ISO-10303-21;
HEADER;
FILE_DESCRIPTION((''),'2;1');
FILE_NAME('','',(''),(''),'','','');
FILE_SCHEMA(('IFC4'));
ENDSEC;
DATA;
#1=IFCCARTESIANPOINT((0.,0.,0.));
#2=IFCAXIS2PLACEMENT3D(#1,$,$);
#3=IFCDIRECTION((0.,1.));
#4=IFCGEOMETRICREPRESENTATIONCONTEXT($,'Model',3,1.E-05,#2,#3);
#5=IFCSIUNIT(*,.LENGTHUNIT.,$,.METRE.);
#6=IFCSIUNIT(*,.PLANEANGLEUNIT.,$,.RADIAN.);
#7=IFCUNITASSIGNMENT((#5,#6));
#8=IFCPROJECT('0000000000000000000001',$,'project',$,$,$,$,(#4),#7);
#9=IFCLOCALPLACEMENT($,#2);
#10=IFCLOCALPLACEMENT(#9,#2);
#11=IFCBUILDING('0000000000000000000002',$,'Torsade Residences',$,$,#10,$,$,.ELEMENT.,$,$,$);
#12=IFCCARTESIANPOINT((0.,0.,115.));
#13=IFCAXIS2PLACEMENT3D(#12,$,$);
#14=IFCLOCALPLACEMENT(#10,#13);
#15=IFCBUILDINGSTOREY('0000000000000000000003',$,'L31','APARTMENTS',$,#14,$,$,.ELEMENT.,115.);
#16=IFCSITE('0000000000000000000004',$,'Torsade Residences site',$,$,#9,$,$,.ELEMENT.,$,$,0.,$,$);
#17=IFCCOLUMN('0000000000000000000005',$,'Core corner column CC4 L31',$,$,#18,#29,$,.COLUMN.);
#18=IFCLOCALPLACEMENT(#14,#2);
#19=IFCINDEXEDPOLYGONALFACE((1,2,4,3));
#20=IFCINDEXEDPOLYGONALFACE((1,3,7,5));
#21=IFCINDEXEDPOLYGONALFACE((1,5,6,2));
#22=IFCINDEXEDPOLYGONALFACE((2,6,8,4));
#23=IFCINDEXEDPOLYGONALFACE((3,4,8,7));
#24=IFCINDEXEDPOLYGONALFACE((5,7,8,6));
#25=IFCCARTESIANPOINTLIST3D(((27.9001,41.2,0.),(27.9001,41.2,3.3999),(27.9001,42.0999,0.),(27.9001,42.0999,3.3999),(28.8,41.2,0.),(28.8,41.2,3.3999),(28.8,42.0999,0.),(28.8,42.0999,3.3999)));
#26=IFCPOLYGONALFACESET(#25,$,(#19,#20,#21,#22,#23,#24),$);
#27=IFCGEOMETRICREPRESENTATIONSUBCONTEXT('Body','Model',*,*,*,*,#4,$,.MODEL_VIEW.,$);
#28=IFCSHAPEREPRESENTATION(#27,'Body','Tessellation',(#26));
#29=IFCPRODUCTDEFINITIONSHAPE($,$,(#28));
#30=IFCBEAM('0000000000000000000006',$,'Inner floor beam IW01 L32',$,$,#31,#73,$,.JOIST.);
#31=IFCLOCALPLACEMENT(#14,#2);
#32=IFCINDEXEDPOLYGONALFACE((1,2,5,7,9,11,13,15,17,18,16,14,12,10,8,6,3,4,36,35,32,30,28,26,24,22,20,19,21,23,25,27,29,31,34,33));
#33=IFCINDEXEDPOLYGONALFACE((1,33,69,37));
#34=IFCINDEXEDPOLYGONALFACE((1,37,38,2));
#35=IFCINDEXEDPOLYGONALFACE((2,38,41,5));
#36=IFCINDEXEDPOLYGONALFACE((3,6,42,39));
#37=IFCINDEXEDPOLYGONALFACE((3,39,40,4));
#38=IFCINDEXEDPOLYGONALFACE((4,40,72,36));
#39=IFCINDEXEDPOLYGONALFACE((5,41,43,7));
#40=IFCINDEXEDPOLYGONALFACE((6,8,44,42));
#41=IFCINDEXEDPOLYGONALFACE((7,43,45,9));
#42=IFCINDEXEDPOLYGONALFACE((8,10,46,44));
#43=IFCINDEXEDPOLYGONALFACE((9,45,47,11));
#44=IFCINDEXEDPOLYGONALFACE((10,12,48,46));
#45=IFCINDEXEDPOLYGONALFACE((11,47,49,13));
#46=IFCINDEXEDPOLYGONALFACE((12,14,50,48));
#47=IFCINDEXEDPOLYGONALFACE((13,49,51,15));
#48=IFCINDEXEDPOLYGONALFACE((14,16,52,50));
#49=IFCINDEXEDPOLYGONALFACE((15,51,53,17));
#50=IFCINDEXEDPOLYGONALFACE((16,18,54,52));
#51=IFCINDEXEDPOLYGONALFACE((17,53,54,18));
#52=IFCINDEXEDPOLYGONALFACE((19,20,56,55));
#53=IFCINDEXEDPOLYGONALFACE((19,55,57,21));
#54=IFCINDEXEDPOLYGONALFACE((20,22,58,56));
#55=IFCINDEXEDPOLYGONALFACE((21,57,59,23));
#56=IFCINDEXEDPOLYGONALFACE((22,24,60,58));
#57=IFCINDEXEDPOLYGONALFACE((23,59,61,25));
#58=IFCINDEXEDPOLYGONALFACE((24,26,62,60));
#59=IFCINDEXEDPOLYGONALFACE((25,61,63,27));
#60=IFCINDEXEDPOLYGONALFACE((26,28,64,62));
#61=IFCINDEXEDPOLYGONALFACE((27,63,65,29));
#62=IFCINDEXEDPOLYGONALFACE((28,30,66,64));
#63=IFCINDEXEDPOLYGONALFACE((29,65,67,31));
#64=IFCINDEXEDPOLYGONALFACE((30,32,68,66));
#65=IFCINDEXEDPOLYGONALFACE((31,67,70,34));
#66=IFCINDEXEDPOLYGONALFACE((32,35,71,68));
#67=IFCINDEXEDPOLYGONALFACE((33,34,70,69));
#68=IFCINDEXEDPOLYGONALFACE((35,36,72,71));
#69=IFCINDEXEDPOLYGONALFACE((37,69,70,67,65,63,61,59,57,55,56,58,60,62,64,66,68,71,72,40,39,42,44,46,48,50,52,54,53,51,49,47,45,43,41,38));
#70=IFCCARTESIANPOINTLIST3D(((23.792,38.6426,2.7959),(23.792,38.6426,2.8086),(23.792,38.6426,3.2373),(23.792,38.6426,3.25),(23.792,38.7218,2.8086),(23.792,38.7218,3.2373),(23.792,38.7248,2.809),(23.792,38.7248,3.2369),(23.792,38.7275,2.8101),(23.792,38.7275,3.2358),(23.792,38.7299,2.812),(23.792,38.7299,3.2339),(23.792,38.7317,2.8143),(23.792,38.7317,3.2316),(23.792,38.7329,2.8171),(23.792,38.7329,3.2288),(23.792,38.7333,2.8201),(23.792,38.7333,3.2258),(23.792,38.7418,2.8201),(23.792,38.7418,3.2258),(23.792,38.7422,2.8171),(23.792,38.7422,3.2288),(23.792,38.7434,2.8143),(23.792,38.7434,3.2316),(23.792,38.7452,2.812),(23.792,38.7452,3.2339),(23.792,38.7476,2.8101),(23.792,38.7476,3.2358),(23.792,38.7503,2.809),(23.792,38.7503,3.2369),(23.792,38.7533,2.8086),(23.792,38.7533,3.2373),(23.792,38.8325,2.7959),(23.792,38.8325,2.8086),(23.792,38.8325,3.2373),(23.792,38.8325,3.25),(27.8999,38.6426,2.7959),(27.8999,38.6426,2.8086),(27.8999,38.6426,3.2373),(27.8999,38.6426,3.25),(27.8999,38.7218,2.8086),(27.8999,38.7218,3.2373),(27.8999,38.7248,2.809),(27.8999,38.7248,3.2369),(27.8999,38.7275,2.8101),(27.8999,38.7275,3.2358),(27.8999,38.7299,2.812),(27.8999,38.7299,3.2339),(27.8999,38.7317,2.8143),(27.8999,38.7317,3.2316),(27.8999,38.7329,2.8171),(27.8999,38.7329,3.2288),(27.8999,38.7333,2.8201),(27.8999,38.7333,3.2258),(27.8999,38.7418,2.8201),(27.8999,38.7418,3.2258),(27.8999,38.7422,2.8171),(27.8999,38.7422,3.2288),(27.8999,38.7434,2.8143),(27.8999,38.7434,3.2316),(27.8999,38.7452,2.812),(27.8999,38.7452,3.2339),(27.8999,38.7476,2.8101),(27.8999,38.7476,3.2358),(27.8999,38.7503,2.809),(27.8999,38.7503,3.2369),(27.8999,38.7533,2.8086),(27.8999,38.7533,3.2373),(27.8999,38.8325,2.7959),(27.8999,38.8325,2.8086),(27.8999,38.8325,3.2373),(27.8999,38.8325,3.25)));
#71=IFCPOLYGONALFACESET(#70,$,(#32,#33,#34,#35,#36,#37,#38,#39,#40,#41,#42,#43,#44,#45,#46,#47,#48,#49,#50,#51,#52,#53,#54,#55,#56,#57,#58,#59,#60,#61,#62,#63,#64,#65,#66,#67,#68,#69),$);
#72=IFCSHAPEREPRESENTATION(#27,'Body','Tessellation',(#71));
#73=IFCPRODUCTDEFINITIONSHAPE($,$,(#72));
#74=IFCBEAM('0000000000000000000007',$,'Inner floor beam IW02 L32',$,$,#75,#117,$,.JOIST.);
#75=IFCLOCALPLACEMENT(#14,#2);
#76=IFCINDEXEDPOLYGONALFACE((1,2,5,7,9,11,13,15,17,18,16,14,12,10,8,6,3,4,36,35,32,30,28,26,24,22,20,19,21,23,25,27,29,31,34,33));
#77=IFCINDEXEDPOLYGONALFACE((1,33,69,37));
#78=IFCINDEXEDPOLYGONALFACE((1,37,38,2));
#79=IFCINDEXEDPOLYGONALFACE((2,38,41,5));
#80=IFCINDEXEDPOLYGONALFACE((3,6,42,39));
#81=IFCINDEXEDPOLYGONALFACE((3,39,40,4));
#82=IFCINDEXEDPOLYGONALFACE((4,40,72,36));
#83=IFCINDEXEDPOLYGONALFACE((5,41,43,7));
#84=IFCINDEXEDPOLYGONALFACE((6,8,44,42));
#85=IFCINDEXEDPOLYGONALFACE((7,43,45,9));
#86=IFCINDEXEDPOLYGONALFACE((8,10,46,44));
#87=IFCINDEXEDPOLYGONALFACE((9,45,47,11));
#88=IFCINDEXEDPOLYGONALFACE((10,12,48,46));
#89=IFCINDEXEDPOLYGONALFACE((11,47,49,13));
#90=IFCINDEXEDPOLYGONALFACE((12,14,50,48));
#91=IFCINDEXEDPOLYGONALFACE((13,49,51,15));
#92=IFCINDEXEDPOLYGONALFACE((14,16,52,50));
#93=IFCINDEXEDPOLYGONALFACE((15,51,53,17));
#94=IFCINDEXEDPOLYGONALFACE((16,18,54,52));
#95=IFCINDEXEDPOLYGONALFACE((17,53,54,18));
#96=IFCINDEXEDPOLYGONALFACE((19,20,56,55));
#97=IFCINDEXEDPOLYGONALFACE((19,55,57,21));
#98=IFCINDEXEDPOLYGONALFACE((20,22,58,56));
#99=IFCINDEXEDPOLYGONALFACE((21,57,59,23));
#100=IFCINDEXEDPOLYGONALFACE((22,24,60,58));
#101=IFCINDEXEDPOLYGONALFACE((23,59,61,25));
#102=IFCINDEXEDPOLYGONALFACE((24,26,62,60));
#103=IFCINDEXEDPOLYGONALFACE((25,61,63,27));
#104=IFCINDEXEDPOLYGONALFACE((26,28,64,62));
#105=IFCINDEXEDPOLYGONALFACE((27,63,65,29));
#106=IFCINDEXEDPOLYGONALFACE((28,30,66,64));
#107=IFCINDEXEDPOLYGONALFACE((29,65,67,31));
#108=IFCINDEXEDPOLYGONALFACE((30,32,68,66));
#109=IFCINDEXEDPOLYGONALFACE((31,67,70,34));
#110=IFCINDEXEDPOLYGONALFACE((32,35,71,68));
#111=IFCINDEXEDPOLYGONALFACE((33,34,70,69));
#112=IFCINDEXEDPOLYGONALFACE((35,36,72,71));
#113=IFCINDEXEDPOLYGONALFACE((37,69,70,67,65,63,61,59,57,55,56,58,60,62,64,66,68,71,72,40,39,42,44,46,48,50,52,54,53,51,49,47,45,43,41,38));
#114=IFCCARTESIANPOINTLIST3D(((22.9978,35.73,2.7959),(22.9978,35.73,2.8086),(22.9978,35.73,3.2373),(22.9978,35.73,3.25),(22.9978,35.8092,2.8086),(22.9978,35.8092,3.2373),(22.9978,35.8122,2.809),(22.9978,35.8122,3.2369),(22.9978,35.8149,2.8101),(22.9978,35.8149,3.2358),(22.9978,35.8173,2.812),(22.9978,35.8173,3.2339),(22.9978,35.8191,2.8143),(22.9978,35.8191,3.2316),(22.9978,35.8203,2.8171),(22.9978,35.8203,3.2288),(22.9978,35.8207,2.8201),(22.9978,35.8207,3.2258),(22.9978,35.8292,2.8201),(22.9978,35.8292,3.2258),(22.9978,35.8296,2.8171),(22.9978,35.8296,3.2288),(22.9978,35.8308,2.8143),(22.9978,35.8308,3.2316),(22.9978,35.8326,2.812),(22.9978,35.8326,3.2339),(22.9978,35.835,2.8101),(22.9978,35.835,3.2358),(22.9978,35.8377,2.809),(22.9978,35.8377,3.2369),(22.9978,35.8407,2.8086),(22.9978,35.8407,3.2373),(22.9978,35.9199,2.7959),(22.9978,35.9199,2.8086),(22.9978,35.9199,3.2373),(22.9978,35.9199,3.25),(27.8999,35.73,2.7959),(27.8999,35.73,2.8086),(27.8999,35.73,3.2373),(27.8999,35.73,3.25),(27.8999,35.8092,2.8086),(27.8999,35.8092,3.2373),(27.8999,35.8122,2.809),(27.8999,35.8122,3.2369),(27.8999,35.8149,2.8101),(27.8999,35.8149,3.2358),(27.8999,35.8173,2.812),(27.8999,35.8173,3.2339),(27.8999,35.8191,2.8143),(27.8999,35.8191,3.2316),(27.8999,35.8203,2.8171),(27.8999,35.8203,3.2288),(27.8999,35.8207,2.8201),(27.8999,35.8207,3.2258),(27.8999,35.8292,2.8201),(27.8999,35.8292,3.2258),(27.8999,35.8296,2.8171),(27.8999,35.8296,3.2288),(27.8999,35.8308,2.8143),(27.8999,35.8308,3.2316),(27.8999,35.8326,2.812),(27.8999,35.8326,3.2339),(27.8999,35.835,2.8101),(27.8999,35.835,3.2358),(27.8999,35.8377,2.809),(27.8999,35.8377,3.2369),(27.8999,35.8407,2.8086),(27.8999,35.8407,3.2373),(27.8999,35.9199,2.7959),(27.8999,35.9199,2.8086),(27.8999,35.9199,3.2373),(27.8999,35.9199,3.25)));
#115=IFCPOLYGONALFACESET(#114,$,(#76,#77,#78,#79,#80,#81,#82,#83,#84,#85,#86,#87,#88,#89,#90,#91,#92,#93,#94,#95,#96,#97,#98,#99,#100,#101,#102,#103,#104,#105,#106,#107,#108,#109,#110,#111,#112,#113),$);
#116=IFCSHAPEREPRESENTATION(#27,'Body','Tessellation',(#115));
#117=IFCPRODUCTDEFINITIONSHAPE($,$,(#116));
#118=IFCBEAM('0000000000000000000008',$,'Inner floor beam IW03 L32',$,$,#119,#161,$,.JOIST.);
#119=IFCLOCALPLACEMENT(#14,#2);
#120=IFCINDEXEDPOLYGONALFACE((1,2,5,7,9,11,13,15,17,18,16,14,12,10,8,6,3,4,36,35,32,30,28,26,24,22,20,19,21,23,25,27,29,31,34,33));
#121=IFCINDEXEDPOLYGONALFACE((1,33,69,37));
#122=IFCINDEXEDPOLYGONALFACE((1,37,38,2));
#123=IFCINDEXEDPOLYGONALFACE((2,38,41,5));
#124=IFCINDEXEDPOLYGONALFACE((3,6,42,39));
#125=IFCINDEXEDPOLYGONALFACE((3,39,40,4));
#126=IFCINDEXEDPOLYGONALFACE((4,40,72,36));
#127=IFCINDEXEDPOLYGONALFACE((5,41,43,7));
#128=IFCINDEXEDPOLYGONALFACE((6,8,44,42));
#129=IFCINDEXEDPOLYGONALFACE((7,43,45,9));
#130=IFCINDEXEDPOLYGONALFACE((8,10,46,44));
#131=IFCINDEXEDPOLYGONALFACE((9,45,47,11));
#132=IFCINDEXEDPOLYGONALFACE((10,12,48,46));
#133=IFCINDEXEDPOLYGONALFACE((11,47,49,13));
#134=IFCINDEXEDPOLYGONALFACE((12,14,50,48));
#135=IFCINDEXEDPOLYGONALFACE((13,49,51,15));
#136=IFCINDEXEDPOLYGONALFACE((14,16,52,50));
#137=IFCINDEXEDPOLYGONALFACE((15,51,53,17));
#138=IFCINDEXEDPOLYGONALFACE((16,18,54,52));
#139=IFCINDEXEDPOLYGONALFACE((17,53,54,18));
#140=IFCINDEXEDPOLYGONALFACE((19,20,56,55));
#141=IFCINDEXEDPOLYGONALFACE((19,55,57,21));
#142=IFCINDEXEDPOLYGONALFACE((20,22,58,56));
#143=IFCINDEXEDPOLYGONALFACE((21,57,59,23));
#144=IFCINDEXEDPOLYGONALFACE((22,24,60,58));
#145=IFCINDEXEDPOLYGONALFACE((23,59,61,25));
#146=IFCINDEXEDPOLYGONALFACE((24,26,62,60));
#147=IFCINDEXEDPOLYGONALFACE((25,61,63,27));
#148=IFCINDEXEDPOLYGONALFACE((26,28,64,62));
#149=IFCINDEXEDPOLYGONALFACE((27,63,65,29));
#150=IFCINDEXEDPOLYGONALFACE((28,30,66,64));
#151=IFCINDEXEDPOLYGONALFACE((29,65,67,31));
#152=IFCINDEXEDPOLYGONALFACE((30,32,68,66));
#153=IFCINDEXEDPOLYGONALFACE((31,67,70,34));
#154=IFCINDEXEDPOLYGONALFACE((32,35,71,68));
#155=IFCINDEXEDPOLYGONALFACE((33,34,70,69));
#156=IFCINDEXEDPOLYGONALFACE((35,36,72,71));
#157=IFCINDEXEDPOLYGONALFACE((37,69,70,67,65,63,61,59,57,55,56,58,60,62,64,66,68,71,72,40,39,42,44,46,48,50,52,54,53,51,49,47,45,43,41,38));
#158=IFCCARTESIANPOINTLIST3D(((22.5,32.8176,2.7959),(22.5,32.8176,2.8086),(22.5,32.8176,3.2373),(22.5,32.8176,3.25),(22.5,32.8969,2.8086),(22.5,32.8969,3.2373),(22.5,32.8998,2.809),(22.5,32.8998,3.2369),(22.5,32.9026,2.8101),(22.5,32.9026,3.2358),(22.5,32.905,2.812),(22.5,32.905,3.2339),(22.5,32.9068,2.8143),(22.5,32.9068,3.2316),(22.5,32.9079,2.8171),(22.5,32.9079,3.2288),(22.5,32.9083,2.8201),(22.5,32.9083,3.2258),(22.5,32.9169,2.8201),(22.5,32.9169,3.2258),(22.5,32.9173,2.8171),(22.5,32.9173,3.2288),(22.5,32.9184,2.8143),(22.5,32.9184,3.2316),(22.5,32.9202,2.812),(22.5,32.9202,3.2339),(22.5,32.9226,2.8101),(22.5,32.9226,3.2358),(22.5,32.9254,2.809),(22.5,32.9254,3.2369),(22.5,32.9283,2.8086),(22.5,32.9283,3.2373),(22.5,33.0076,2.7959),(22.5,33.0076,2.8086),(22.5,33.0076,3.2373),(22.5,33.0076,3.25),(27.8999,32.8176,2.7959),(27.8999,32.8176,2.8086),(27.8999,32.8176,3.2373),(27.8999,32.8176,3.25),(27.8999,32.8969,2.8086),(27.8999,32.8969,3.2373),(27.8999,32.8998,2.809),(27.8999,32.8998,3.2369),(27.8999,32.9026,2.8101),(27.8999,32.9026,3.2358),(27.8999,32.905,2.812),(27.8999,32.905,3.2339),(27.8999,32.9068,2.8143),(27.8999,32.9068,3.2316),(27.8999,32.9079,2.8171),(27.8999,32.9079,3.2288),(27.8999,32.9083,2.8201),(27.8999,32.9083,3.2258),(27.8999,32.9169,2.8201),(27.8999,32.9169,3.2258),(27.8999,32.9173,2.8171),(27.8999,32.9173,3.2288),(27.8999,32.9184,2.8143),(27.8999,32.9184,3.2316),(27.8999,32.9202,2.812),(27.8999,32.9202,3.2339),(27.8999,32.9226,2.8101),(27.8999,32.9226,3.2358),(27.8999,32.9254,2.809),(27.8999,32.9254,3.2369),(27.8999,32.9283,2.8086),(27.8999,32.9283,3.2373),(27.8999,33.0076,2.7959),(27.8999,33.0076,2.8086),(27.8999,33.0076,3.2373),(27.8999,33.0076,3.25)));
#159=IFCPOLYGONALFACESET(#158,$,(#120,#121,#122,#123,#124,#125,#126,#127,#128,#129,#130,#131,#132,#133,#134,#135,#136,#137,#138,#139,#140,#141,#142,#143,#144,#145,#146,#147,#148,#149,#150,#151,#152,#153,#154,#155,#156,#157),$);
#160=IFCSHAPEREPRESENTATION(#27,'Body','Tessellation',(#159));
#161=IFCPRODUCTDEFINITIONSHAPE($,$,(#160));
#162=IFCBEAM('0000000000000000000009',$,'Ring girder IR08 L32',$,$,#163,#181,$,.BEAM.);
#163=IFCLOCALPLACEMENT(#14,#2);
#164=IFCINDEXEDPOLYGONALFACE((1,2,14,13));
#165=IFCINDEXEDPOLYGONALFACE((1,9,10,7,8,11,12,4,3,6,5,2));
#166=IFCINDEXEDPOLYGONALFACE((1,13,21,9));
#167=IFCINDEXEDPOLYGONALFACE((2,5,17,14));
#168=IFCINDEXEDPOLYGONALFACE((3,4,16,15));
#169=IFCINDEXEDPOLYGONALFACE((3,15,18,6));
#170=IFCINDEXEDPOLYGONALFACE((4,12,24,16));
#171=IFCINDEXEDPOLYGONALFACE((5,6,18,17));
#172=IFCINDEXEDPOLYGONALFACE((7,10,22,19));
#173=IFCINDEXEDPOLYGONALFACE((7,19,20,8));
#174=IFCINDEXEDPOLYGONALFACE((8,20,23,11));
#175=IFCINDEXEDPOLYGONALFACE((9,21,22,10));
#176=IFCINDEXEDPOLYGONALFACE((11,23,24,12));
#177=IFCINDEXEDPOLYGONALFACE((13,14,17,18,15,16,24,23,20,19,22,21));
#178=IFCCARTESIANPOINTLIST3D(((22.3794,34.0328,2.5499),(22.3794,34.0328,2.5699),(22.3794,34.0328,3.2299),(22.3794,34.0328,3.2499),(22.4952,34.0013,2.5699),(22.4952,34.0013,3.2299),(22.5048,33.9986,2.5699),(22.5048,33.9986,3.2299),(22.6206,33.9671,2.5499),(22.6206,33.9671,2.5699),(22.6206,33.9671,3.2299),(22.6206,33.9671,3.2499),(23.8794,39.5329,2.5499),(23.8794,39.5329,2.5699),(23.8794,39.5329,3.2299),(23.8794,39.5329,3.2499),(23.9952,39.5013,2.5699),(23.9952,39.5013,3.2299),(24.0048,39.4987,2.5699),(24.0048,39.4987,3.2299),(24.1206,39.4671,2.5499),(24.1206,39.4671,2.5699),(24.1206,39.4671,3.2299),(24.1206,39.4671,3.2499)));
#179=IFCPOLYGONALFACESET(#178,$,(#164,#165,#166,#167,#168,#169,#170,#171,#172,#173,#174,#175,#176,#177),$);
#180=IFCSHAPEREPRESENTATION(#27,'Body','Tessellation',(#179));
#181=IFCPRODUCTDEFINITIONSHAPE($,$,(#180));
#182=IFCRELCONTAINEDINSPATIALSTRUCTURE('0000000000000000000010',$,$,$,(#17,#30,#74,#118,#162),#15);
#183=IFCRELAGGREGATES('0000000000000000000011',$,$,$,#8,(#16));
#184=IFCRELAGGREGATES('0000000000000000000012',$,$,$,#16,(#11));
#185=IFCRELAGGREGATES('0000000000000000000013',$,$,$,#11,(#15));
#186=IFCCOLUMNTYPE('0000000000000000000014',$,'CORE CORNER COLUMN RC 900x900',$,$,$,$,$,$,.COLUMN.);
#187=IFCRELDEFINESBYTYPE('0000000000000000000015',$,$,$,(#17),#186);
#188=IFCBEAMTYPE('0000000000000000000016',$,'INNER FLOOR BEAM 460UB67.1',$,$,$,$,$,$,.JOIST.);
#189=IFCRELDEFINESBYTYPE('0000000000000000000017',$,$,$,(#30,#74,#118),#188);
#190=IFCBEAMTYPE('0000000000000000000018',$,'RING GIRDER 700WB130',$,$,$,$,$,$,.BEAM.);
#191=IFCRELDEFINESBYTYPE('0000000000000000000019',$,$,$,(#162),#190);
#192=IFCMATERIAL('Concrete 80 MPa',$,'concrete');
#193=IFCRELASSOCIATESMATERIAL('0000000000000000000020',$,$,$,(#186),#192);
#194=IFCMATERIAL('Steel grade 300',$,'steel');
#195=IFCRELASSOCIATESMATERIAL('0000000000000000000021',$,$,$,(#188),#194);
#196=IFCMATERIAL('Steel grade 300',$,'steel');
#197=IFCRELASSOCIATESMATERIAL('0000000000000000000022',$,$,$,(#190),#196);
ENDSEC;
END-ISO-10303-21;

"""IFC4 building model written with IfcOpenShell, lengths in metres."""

from ifc_helpers import new_model, si_unit, direction, frame, origin, origin_2d, place, context, subcontext, project, spatial, rectangle, i_section, extrude, material, material_profile, profile_set, type_object, element, save


model = new_model("IFC4")

# Units and contexts
model_context = context("Model", 3, precision=1e-05, world=origin(), true_north=direction((0.0, 1.0)))
body_context = subcontext(model_context, "Body", "Model", "MODEL_VIEW")
ifc_project = project(units=[si_unit("LENGTHUNIT", "METRE"), si_unit("PLANEANGLEUNIT", "RADIAN")], contexts=[model_context])

# Site, building, storey
site_placement = place(None, origin())
site = spatial("IfcSite", under=ifc_project, at=site_placement, Name="Torsade Residences site", CompositionType="ELEMENT", RefElevation=0.0)
building_placement = place(site_placement, origin())
building = spatial("IfcBuilding", under=site, at=building_placement, Name="Torsade Residences", CompositionType="ELEMENT")
storey_placement = place(building_placement, frame((0.0, 0.0, 115.0)))
storey = spatial("IfcBuildingStorey", under=building, at=storey_placement, Name="L31", Description="APARTMENTS", CompositionType="ELEMENT", Elevation=115.0)

# Column
ifc_material_1 = material(Name="Concrete 80 MPa", Category="concrete")
ifc_material_profile_1 = material_profile(ifc_material_1, rectangle(XDim=0.8999, YDim=0.8999, at=origin_2d()), Name="RC 900x900")
ifc_profile_set_1 = profile_set([ifc_material_profile_1], Name="Concrete 80 MPa")
column_type = type_object("IfcColumnType", Name="CORE CORNER COLUMN RC 900x900", PredefinedType="COLUMN", material=ifc_profile_set_1)
column_placement = place(storey_placement, frame((28.3501, 41.6499, 0.0), z_axis=(0.0, 0.0, 1.0), x_axis=(1.0, 0.0, 0.0)))
element("IfcColumn", 1, at=column_placement, inside=storey, type_object=column_type, Name="Core corner column CC4 L31", PredefinedType="COLUMN", context=body_context, shape_type="SweptSolid", body=[
    extrude(rectangle(XDim=0.8999, YDim=0.8999, at=origin_2d()), origin(), (0.0, 0.0, 1.0), 3.3999),
])

# Beams
ifc_material_2 = material(Name="Steel grade 300", Category="steel")
ifc_material_profile_2 = material_profile(ifc_material_2, i_section(OverallWidth=0.1899, OverallDepth=0.4541, WebThickness=0.0085, FlangeThickness=0.0127, FilletRadius=0.0115, at=origin_2d()), Name="460UB67.1")
ifc_profile_set_2 = profile_set([ifc_material_profile_2], Name="Steel grade 300")
beam_type_1 = type_object("IfcBeamType", Name="INNER FLOOR BEAM 460UB67.1", PredefinedType="JOIST", material=ifc_profile_set_2)
beam_1_placement = place(storey_placement, frame((27.8999, 38.7375, 3.0229), z_axis=(-1.0, 0.0, 0.0), x_axis=(0.0, -1.0, 0.0)))
element("IfcBeam", 2, at=beam_1_placement, inside=storey, type_object=beam_type_1, Name="Inner floor beam IW01 L32", PredefinedType="JOIST", context=body_context, shape_type="SweptSolid", body=[
    extrude(i_section(OverallWidth=0.1899, OverallDepth=0.4541, WebThickness=0.0085, FlangeThickness=0.0127, FilletRadius=0.0115, at=origin_2d()), origin(), (0.0, 0.0, 1.0), 4.1079),
])
beam_2_placement = place(storey_placement, frame((27.8999, 35.825, 3.0229), z_axis=(-1.0, 0.0, 0.0), x_axis=(0.0, -1.0, 0.0)))
element("IfcBeam", 3, at=beam_2_placement, inside=storey, type_object=beam_type_1, Name="Inner floor beam IW02 L32", PredefinedType="JOIST", context=body_context, shape_type="SweptSolid", body=[
    extrude(i_section(OverallWidth=0.1899, OverallDepth=0.4541, WebThickness=0.0085, FlangeThickness=0.0127, FilletRadius=0.0115, at=origin_2d()), origin(), (0.0, 0.0, 1.0), 4.9021),
])
beam_3_placement = place(storey_placement, frame((27.8999, 32.9126, 3.0229), z_axis=(-1.0, 0.0, 0.0), x_axis=(0.0, -1.0, 0.0)))
element("IfcBeam", 4, at=beam_3_placement, inside=storey, type_object=beam_type_1, Name="Inner floor beam IW03 L32", PredefinedType="JOIST", context=body_context, shape_type="SweptSolid", body=[
    extrude(i_section(OverallWidth=0.1899, OverallDepth=0.4541, WebThickness=0.0085, FlangeThickness=0.0127, FilletRadius=0.0115, at=origin_2d()), origin(), (0.0, 0.0, 1.0), 5.3999),
])
ifc_material_3 = material(Name="Steel grade 300", Category="steel")
ifc_material_profile_3 = material_profile(ifc_material_3, i_section(OverallWidth=0.25, OverallDepth=0.7, WebThickness=0.01, FlangeThickness=0.02, at=origin_2d()), Name="700WB130")
ifc_profile_set_3 = profile_set([ifc_material_profile_3], Name="Steel grade 300")
beam_type_2 = type_object("IfcBeamType", Name="RING GIRDER 700WB130", PredefinedType="BEAM", material=ifc_profile_set_3)
beam_4_placement = place(storey_placement, frame((24.0, 39.5, 2.8999), z_axis=(-0.263117, -0.964764, 0.0), x_axis=(0.964764, -0.263117, 0.0)))
element("IfcBeam", 5, at=beam_4_placement, inside=storey, type_object=beam_type_2, Name="Ring girder IR08 L32", PredefinedType="BEAM", context=body_context, shape_type="SweptSolid", body=[
    extrude(i_section(OverallWidth=0.25, OverallDepth=0.7, WebThickness=0.01, FlangeThickness=0.02, at=origin_2d()), origin(), (0.0, 0.0, 1.0), 5.7009),
])

save(model, "model.ifc")
